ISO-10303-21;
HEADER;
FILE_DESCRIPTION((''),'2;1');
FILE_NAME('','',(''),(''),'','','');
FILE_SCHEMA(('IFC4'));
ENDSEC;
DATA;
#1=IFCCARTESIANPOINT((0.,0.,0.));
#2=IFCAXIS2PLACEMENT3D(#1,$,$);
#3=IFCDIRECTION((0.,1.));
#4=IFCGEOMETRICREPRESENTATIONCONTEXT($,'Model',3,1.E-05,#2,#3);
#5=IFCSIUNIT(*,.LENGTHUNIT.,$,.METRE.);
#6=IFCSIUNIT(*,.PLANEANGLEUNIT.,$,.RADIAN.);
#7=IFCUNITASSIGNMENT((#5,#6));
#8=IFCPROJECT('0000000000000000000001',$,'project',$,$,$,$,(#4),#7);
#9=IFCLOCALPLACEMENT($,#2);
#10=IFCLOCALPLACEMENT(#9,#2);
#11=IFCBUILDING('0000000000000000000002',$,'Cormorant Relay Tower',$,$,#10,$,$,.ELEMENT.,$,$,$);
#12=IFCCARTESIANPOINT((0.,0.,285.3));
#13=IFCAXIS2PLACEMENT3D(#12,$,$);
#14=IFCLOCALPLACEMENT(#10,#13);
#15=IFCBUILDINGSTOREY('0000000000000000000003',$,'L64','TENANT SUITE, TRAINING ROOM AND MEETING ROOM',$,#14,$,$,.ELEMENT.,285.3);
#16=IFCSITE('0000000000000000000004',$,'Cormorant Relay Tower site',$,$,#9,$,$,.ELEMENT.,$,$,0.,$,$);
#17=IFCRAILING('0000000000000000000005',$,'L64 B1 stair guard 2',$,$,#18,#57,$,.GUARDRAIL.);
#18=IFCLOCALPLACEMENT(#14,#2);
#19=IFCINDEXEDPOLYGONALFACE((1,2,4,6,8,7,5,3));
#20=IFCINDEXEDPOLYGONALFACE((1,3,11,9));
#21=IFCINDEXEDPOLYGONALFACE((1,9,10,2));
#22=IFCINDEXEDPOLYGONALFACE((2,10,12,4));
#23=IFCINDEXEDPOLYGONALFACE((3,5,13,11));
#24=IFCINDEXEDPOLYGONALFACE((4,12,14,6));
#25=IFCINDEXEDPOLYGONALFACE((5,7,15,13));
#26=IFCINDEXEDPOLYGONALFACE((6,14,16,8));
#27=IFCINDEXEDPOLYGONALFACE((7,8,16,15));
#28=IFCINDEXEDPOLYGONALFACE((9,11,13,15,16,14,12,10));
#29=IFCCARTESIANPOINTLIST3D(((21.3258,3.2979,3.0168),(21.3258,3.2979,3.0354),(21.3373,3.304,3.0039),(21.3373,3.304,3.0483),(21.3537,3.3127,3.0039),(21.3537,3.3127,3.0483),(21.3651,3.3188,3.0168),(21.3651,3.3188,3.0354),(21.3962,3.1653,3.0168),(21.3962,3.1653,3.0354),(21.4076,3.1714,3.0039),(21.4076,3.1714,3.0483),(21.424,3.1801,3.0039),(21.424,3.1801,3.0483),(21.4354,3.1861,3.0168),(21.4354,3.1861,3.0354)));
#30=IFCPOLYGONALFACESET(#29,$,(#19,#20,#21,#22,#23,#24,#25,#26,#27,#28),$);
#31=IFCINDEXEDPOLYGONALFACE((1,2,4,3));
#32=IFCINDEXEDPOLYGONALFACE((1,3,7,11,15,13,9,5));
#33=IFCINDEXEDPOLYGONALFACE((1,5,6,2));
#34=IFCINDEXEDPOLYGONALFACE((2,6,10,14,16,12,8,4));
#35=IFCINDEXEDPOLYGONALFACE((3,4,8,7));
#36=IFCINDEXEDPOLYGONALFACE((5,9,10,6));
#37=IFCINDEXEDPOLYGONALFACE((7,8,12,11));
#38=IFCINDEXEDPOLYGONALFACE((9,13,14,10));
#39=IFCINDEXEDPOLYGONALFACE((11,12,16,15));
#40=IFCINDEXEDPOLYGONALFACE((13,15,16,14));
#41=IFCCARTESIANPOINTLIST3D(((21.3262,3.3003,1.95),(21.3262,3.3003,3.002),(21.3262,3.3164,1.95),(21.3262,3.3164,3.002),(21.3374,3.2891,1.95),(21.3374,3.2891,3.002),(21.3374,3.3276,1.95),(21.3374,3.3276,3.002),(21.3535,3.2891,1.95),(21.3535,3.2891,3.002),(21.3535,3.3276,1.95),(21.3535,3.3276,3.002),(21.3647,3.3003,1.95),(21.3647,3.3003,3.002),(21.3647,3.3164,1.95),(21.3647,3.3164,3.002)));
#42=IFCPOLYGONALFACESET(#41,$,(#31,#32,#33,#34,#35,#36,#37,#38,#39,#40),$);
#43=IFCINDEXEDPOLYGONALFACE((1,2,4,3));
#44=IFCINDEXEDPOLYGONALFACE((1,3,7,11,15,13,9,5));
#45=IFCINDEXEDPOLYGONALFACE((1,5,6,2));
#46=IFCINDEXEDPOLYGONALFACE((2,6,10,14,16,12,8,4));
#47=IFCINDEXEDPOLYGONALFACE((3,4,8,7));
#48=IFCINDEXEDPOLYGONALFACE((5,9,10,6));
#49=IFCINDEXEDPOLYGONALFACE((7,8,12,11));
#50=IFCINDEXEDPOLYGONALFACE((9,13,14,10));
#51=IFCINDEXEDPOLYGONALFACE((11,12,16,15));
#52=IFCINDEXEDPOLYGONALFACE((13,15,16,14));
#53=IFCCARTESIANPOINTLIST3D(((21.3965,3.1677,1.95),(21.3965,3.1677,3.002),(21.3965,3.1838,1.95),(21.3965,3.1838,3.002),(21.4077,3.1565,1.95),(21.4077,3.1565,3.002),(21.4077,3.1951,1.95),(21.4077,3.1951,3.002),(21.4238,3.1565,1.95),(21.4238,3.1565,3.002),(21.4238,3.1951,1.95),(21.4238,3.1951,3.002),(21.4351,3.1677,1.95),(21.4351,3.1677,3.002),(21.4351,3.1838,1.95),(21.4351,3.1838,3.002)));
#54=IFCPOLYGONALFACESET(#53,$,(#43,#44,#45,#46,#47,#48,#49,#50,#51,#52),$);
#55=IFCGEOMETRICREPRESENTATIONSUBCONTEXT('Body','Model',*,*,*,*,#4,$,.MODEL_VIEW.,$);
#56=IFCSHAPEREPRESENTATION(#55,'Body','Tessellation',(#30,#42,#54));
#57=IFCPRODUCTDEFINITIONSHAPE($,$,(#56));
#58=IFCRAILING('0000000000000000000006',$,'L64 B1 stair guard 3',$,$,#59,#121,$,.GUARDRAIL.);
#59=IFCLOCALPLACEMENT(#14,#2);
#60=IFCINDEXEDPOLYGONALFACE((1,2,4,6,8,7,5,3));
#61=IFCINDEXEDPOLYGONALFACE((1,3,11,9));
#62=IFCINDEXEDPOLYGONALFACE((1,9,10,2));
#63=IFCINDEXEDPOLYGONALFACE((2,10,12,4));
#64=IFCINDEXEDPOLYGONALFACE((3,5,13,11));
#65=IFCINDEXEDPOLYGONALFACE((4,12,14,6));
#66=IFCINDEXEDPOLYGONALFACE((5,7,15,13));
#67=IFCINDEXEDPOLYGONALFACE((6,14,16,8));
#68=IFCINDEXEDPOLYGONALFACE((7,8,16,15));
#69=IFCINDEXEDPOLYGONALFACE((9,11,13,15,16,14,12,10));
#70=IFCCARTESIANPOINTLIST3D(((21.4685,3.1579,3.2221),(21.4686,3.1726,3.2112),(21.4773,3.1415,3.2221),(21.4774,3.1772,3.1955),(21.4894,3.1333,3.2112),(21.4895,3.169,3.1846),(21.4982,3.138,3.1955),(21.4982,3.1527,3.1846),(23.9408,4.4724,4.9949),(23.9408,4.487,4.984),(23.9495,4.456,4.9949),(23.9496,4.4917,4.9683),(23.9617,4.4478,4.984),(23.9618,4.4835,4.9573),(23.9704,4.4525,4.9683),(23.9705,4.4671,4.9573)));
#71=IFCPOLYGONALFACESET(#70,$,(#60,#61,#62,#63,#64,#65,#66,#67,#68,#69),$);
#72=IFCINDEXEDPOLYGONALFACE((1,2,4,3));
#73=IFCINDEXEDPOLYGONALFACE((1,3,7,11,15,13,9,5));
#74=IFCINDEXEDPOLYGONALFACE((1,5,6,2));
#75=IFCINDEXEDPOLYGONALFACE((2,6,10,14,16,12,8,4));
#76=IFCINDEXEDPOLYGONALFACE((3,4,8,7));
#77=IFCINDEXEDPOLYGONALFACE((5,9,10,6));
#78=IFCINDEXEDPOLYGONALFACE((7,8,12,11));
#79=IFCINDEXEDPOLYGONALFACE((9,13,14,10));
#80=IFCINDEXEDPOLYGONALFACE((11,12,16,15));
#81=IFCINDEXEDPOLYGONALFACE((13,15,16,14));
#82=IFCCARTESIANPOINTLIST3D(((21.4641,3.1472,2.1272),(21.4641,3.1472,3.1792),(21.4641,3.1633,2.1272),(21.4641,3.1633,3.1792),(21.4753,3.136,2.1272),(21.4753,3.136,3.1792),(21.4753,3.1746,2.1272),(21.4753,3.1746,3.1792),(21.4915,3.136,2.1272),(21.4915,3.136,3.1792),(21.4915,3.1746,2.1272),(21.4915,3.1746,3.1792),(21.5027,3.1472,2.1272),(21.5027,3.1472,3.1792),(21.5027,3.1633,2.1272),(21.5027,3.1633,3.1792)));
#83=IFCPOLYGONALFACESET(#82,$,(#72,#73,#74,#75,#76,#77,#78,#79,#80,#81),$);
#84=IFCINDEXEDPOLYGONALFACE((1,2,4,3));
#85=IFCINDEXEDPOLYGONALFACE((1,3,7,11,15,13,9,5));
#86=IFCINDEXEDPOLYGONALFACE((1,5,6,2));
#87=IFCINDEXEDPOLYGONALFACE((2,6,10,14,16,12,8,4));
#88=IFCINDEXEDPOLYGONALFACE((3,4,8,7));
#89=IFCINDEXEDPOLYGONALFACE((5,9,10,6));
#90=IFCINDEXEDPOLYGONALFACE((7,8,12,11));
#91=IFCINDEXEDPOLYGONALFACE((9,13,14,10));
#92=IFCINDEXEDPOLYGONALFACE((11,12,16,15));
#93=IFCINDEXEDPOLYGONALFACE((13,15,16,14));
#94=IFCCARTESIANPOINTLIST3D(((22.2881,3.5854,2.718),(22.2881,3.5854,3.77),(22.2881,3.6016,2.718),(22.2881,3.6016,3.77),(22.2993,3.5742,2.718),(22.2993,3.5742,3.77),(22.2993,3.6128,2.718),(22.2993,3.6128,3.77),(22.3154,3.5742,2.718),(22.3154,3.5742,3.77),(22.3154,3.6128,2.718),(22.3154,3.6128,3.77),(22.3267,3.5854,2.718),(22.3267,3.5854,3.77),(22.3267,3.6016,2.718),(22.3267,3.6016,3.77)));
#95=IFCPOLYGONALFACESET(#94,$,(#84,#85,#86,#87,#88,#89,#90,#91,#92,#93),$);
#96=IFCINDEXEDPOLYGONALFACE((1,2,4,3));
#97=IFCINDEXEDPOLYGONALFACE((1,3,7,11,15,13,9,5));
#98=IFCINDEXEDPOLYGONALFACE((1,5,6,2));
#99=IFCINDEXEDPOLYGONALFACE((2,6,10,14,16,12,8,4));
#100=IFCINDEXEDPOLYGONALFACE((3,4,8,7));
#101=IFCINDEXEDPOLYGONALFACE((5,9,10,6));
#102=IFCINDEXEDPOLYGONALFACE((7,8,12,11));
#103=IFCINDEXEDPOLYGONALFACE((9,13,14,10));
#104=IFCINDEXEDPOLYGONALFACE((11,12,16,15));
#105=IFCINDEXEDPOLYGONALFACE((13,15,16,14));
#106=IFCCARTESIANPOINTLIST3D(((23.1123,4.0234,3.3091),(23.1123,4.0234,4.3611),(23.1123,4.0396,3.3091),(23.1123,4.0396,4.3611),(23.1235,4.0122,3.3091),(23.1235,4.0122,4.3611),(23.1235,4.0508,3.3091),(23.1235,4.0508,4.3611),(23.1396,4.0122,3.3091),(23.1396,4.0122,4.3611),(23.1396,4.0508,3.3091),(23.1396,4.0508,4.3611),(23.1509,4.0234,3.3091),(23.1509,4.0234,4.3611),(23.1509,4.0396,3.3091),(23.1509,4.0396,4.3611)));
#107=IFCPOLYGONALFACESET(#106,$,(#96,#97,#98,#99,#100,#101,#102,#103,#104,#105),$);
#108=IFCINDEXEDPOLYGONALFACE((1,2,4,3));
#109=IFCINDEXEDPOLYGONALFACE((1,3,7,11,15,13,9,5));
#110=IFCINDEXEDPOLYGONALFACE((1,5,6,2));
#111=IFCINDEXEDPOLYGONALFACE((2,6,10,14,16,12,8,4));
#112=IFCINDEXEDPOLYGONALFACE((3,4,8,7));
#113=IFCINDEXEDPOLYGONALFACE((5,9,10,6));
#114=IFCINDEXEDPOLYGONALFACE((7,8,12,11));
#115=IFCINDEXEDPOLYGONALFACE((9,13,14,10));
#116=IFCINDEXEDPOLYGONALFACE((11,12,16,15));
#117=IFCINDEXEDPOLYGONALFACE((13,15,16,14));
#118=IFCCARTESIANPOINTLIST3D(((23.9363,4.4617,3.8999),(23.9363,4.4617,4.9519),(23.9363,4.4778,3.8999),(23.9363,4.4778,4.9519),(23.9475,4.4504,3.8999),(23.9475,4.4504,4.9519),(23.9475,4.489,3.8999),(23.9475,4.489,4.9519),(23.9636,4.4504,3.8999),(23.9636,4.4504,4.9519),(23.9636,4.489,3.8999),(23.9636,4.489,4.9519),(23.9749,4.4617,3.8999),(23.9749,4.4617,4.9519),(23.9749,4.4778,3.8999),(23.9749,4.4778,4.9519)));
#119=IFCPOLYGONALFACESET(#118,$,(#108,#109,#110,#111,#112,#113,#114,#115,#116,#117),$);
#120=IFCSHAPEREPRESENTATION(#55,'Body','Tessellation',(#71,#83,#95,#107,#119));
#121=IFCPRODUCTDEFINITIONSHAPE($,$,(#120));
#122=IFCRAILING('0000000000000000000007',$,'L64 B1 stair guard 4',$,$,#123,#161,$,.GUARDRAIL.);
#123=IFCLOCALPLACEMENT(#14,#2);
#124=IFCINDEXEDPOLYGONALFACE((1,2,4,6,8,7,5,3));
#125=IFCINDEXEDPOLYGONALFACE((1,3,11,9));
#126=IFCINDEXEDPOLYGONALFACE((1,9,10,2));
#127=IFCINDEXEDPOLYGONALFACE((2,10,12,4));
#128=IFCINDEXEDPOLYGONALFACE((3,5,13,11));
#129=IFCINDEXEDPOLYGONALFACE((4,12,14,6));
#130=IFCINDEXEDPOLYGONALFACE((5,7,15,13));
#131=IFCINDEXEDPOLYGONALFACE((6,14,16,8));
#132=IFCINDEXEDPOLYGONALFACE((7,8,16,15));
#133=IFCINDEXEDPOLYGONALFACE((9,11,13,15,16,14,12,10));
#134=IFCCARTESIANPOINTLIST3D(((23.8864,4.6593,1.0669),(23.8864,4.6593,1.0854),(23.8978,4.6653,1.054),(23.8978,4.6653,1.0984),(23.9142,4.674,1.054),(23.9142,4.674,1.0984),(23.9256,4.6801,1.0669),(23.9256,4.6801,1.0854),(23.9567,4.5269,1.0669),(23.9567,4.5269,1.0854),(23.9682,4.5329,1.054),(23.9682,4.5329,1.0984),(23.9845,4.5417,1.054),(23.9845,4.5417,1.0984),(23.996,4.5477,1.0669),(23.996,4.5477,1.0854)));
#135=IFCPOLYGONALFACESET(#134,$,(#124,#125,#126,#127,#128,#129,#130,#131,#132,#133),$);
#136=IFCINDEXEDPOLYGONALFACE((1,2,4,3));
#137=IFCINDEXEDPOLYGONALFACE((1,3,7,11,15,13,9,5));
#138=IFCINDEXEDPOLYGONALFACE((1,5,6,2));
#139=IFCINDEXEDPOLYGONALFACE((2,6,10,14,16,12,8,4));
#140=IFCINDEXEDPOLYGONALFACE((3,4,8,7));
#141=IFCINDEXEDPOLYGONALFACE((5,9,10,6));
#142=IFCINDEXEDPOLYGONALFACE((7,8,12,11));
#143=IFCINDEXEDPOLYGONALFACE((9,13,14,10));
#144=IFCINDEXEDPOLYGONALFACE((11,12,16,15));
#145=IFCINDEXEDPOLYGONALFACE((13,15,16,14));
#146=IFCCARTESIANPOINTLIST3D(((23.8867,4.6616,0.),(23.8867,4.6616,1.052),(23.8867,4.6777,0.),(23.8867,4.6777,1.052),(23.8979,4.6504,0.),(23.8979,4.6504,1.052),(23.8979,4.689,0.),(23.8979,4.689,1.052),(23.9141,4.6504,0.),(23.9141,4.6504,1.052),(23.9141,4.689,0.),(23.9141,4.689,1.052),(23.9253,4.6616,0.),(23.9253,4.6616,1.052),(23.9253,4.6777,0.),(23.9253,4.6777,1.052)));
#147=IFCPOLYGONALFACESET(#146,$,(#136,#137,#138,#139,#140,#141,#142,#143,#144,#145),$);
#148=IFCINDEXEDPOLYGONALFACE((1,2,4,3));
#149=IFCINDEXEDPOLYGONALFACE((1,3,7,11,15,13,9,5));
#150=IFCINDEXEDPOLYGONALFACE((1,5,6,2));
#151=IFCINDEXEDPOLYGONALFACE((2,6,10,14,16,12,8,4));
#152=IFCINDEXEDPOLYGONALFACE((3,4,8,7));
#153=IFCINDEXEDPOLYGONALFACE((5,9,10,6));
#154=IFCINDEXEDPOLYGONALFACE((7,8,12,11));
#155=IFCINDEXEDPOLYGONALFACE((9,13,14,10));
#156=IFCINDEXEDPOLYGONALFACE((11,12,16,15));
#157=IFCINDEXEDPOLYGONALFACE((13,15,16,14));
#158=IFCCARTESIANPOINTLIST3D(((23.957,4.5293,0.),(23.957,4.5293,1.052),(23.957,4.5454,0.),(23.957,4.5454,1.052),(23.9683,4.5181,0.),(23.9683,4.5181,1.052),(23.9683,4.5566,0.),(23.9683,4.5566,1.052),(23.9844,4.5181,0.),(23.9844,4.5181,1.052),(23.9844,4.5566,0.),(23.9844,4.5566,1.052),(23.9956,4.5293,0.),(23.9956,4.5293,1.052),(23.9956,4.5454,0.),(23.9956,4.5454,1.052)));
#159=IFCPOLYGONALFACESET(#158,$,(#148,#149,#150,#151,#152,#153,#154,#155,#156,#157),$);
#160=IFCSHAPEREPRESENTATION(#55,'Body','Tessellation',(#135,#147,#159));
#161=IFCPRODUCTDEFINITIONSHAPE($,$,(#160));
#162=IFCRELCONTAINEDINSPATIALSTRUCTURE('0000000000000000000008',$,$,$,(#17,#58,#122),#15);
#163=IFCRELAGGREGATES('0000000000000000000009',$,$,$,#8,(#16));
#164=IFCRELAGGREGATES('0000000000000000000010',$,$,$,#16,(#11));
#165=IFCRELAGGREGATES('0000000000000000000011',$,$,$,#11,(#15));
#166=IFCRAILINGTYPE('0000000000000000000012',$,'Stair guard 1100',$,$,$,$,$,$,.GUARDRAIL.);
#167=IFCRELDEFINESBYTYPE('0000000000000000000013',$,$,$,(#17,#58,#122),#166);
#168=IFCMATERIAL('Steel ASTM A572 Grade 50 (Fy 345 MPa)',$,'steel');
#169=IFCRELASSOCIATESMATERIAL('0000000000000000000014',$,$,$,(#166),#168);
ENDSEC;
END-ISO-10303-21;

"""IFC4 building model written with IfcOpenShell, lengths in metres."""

from ifc_helpers import new_model, si_unit, direction, frame, origin, place, context, subcontext, project, spatial, polyline, outline, extrude, material, type_object, element, save


model = new_model("IFC4")

# Units and contexts
model_context = context("Model", 3, precision=1e-05, world=origin(), true_north=direction((0.0, 1.0)))
body_context = subcontext(model_context, "Body", "Model", "MODEL_VIEW")
ifc_project = project(units=[si_unit("LENGTHUNIT", "METRE"), si_unit("PLANEANGLEUNIT", "RADIAN")], contexts=[model_context])

# Site, building, storey
site_placement = place(None, origin())
site = spatial("IfcSite", under=ifc_project, at=site_placement, Name="Cormorant Relay Tower site", CompositionType="ELEMENT", RefElevation=0.0)
building_placement = place(site_placement, origin())
building = spatial("IfcBuilding", under=site, at=building_placement, Name="Cormorant Relay Tower", CompositionType="ELEMENT")
storey_placement = place(building_placement, frame((0.0, 0.0, 285.3)))
storey = spatial("IfcBuildingStorey", under=building, at=storey_placement, Name="L64", Description="TENANT SUITE, TRAINING ROOM AND MEETING ROOM", CompositionType="ELEMENT", Elevation=285.3)

# Railings
ifc_material_1 = material(Name="Steel ASTM A572 Grade 50 (Fy 345 MPa)", Category="steel")
railing_type_1 = type_object("IfcRailingType", Name="Stair guard 1100", PredefinedType="GUARDRAIL", material=ifc_material_1)
railing_1_placement = place(storey_placement, frame((21.3455, 3.3083, 1.95)))
element("IfcRailing", 1, at=railing_1_placement, inside=storey, type_object=railing_type_1, Name="L64 B1 stair guard 2", PredefinedType="GUARDRAIL", context=body_context, shape_type="SweptSolid", body=[
    extrude(outline(polyline([(0.0222, 0.0093), (0.0093, 0.0222), (-0.0093, 0.0222), (-0.0222, 0.0093), (-0.0222, -0.0093), (-0.0093, -0.0222), (0.0093, -0.0222), (0.0222, -0.0093), (0.0222, 0.0093)])), frame((0.0, 0.0, 1.0762), z_axis=(0.46856, -0.883431, 0.0), x_axis=(0.883431, 0.46856, 0.0)), (0.0, 0.0, 1.0), 0.1501),
    extrude(outline(polyline([(0.0193, 0.0081), (0.0081, 0.0193), (-0.0081, 0.0193), (-0.0193, 0.0081), (-0.0193, -0.0081), (-0.0081, -0.0193), (0.0081, -0.0193), (0.0193, -0.0081), (0.0193, 0.0081)])), origin(), (0.0, 0.0, 1.0), 1.052),
    extrude(outline(polyline([(0.0193, 0.0081), (0.0081, 0.0193), (-0.0081, 0.0193), (-0.0193, 0.0081), (-0.0193, -0.0081), (-0.0081, -0.0193), (0.0081, -0.0193), (0.0193, -0.0081), (0.0193, 0.0081)])), frame((0.0703, -0.1326, 0.0)), (0.0, 0.0, 1.0), 1.052),
])
railing_2_placement = place(storey_placement, frame((21.4834, 3.1553, 2.1272)))
element("IfcRailing", 2, at=railing_2_placement, inside=storey, type_object=railing_type_1, Name="L64 B1 stair guard 3", PredefinedType="GUARDRAIL", context=body_context, shape_type="SweptSolid", body=[
    extrude(outline(polyline([(0.0222, 0.0093), (0.0093, 0.0222), (-0.0093, 0.0222), (-0.0222, 0.0093), (-0.0222, -0.0093), (-0.0093, -0.0222), (0.0093, -0.0222), (0.0222, -0.0093), (0.0222, 0.0093)])), frame((0.0, 0.0, 1.0762), z_axis=(0.746001, 0.396649, 0.534931), x_axis=(-0.469465, 0.882951, 0.0)), (0.0, 0.0, 1.0), 3.314),
    extrude(outline(polyline([(0.0193, 0.0081), (0.0081, 0.0193), (-0.0081, 0.0193), (-0.0193, 0.0081), (-0.0193, -0.0081), (-0.0081, -0.0193), (0.0081, -0.0193), (0.0193, -0.0081), (0.0193, 0.0081)])), origin(), (0.0, 0.0, 1.0), 1.052),
    extrude(outline(polyline([(0.0193, 0.0081), (0.0081, 0.0193), (-0.0081, 0.0193), (-0.0193, 0.0081), (-0.0193, -0.0081), (-0.0081, -0.0193), (0.0081, -0.0193), (0.0193, -0.0081), (0.0193, 0.0081)])), frame((0.824, 0.4382, 0.5908)), (0.0, 0.0, 1.0), 1.052),
    extrude(outline(polyline([(0.0193, 0.0081), (0.0081, 0.0193), (-0.0081, 0.0193), (-0.0193, 0.0081), (-0.0193, -0.0081), (-0.0081, -0.0193), (0.0081, -0.0193), (0.0193, -0.0081), (0.0193, 0.0081)])), frame((1.6482, 0.8762, 1.1819)), (0.0, 0.0, 1.0), 1.052),
    extrude(outline(polyline([(0.0193, 0.0081), (0.0081, 0.0193), (-0.0081, 0.0193), (-0.0193, 0.0081), (-0.0193, -0.0081), (-0.0081, -0.0193), (0.0081, -0.0193), (0.0193, -0.0081), (0.0193, 0.0081)])), frame((2.4722, 1.3145, 1.7727)), (0.0, 0.0, 1.0), 1.052),
])
railing_3_placement = place(storey_placement, frame((23.906, 4.6697, 0.0)))
element("IfcRailing", 3, at=railing_3_placement, inside=storey, type_object=railing_type_1, Name="L64 B1 stair guard 4", PredefinedType="GUARDRAIL", context=body_context, shape_type="SweptSolid", body=[
    extrude(outline(polyline([(0.0222, 0.0093), (0.0093, 0.0222), (-0.0093, 0.0222), (-0.0222, 0.0093), (-0.0222, -0.0093), (-0.0093, -0.0222), (0.0093, -0.0222), (0.0222, -0.0093), (0.0222, 0.0093)])), frame((0.0, 0.0, 1.0762), z_axis=(0.469235, -0.883074, 0.0), x_axis=(0.883074, 0.469235, 0.0)), (0.0, 0.0, 1.0), 0.1499),
    extrude(outline(polyline([(0.0193, 0.0081), (0.0081, 0.0193), (-0.0081, 0.0193), (-0.0193, 0.0081), (-0.0193, -0.0081), (-0.0081, -0.0193), (0.0081, -0.0193), (0.0193, -0.0081), (0.0193, 0.0081)])), origin(), (0.0, 0.0, 1.0), 1.052),
    extrude(outline(polyline([(0.0193, 0.0081), (0.0081, 0.0193), (-0.0081, 0.0193), (-0.0193, 0.0081), (-0.0193, -0.0081), (-0.0081, -0.0193), (0.0081, -0.0193), (0.0193, -0.0081), (0.0193, 0.0081)])), frame((0.0703, -0.1323, 0.0)), (0.0, 0.0, 1.0), 1.052),
])

save(model, "model.ifc")
